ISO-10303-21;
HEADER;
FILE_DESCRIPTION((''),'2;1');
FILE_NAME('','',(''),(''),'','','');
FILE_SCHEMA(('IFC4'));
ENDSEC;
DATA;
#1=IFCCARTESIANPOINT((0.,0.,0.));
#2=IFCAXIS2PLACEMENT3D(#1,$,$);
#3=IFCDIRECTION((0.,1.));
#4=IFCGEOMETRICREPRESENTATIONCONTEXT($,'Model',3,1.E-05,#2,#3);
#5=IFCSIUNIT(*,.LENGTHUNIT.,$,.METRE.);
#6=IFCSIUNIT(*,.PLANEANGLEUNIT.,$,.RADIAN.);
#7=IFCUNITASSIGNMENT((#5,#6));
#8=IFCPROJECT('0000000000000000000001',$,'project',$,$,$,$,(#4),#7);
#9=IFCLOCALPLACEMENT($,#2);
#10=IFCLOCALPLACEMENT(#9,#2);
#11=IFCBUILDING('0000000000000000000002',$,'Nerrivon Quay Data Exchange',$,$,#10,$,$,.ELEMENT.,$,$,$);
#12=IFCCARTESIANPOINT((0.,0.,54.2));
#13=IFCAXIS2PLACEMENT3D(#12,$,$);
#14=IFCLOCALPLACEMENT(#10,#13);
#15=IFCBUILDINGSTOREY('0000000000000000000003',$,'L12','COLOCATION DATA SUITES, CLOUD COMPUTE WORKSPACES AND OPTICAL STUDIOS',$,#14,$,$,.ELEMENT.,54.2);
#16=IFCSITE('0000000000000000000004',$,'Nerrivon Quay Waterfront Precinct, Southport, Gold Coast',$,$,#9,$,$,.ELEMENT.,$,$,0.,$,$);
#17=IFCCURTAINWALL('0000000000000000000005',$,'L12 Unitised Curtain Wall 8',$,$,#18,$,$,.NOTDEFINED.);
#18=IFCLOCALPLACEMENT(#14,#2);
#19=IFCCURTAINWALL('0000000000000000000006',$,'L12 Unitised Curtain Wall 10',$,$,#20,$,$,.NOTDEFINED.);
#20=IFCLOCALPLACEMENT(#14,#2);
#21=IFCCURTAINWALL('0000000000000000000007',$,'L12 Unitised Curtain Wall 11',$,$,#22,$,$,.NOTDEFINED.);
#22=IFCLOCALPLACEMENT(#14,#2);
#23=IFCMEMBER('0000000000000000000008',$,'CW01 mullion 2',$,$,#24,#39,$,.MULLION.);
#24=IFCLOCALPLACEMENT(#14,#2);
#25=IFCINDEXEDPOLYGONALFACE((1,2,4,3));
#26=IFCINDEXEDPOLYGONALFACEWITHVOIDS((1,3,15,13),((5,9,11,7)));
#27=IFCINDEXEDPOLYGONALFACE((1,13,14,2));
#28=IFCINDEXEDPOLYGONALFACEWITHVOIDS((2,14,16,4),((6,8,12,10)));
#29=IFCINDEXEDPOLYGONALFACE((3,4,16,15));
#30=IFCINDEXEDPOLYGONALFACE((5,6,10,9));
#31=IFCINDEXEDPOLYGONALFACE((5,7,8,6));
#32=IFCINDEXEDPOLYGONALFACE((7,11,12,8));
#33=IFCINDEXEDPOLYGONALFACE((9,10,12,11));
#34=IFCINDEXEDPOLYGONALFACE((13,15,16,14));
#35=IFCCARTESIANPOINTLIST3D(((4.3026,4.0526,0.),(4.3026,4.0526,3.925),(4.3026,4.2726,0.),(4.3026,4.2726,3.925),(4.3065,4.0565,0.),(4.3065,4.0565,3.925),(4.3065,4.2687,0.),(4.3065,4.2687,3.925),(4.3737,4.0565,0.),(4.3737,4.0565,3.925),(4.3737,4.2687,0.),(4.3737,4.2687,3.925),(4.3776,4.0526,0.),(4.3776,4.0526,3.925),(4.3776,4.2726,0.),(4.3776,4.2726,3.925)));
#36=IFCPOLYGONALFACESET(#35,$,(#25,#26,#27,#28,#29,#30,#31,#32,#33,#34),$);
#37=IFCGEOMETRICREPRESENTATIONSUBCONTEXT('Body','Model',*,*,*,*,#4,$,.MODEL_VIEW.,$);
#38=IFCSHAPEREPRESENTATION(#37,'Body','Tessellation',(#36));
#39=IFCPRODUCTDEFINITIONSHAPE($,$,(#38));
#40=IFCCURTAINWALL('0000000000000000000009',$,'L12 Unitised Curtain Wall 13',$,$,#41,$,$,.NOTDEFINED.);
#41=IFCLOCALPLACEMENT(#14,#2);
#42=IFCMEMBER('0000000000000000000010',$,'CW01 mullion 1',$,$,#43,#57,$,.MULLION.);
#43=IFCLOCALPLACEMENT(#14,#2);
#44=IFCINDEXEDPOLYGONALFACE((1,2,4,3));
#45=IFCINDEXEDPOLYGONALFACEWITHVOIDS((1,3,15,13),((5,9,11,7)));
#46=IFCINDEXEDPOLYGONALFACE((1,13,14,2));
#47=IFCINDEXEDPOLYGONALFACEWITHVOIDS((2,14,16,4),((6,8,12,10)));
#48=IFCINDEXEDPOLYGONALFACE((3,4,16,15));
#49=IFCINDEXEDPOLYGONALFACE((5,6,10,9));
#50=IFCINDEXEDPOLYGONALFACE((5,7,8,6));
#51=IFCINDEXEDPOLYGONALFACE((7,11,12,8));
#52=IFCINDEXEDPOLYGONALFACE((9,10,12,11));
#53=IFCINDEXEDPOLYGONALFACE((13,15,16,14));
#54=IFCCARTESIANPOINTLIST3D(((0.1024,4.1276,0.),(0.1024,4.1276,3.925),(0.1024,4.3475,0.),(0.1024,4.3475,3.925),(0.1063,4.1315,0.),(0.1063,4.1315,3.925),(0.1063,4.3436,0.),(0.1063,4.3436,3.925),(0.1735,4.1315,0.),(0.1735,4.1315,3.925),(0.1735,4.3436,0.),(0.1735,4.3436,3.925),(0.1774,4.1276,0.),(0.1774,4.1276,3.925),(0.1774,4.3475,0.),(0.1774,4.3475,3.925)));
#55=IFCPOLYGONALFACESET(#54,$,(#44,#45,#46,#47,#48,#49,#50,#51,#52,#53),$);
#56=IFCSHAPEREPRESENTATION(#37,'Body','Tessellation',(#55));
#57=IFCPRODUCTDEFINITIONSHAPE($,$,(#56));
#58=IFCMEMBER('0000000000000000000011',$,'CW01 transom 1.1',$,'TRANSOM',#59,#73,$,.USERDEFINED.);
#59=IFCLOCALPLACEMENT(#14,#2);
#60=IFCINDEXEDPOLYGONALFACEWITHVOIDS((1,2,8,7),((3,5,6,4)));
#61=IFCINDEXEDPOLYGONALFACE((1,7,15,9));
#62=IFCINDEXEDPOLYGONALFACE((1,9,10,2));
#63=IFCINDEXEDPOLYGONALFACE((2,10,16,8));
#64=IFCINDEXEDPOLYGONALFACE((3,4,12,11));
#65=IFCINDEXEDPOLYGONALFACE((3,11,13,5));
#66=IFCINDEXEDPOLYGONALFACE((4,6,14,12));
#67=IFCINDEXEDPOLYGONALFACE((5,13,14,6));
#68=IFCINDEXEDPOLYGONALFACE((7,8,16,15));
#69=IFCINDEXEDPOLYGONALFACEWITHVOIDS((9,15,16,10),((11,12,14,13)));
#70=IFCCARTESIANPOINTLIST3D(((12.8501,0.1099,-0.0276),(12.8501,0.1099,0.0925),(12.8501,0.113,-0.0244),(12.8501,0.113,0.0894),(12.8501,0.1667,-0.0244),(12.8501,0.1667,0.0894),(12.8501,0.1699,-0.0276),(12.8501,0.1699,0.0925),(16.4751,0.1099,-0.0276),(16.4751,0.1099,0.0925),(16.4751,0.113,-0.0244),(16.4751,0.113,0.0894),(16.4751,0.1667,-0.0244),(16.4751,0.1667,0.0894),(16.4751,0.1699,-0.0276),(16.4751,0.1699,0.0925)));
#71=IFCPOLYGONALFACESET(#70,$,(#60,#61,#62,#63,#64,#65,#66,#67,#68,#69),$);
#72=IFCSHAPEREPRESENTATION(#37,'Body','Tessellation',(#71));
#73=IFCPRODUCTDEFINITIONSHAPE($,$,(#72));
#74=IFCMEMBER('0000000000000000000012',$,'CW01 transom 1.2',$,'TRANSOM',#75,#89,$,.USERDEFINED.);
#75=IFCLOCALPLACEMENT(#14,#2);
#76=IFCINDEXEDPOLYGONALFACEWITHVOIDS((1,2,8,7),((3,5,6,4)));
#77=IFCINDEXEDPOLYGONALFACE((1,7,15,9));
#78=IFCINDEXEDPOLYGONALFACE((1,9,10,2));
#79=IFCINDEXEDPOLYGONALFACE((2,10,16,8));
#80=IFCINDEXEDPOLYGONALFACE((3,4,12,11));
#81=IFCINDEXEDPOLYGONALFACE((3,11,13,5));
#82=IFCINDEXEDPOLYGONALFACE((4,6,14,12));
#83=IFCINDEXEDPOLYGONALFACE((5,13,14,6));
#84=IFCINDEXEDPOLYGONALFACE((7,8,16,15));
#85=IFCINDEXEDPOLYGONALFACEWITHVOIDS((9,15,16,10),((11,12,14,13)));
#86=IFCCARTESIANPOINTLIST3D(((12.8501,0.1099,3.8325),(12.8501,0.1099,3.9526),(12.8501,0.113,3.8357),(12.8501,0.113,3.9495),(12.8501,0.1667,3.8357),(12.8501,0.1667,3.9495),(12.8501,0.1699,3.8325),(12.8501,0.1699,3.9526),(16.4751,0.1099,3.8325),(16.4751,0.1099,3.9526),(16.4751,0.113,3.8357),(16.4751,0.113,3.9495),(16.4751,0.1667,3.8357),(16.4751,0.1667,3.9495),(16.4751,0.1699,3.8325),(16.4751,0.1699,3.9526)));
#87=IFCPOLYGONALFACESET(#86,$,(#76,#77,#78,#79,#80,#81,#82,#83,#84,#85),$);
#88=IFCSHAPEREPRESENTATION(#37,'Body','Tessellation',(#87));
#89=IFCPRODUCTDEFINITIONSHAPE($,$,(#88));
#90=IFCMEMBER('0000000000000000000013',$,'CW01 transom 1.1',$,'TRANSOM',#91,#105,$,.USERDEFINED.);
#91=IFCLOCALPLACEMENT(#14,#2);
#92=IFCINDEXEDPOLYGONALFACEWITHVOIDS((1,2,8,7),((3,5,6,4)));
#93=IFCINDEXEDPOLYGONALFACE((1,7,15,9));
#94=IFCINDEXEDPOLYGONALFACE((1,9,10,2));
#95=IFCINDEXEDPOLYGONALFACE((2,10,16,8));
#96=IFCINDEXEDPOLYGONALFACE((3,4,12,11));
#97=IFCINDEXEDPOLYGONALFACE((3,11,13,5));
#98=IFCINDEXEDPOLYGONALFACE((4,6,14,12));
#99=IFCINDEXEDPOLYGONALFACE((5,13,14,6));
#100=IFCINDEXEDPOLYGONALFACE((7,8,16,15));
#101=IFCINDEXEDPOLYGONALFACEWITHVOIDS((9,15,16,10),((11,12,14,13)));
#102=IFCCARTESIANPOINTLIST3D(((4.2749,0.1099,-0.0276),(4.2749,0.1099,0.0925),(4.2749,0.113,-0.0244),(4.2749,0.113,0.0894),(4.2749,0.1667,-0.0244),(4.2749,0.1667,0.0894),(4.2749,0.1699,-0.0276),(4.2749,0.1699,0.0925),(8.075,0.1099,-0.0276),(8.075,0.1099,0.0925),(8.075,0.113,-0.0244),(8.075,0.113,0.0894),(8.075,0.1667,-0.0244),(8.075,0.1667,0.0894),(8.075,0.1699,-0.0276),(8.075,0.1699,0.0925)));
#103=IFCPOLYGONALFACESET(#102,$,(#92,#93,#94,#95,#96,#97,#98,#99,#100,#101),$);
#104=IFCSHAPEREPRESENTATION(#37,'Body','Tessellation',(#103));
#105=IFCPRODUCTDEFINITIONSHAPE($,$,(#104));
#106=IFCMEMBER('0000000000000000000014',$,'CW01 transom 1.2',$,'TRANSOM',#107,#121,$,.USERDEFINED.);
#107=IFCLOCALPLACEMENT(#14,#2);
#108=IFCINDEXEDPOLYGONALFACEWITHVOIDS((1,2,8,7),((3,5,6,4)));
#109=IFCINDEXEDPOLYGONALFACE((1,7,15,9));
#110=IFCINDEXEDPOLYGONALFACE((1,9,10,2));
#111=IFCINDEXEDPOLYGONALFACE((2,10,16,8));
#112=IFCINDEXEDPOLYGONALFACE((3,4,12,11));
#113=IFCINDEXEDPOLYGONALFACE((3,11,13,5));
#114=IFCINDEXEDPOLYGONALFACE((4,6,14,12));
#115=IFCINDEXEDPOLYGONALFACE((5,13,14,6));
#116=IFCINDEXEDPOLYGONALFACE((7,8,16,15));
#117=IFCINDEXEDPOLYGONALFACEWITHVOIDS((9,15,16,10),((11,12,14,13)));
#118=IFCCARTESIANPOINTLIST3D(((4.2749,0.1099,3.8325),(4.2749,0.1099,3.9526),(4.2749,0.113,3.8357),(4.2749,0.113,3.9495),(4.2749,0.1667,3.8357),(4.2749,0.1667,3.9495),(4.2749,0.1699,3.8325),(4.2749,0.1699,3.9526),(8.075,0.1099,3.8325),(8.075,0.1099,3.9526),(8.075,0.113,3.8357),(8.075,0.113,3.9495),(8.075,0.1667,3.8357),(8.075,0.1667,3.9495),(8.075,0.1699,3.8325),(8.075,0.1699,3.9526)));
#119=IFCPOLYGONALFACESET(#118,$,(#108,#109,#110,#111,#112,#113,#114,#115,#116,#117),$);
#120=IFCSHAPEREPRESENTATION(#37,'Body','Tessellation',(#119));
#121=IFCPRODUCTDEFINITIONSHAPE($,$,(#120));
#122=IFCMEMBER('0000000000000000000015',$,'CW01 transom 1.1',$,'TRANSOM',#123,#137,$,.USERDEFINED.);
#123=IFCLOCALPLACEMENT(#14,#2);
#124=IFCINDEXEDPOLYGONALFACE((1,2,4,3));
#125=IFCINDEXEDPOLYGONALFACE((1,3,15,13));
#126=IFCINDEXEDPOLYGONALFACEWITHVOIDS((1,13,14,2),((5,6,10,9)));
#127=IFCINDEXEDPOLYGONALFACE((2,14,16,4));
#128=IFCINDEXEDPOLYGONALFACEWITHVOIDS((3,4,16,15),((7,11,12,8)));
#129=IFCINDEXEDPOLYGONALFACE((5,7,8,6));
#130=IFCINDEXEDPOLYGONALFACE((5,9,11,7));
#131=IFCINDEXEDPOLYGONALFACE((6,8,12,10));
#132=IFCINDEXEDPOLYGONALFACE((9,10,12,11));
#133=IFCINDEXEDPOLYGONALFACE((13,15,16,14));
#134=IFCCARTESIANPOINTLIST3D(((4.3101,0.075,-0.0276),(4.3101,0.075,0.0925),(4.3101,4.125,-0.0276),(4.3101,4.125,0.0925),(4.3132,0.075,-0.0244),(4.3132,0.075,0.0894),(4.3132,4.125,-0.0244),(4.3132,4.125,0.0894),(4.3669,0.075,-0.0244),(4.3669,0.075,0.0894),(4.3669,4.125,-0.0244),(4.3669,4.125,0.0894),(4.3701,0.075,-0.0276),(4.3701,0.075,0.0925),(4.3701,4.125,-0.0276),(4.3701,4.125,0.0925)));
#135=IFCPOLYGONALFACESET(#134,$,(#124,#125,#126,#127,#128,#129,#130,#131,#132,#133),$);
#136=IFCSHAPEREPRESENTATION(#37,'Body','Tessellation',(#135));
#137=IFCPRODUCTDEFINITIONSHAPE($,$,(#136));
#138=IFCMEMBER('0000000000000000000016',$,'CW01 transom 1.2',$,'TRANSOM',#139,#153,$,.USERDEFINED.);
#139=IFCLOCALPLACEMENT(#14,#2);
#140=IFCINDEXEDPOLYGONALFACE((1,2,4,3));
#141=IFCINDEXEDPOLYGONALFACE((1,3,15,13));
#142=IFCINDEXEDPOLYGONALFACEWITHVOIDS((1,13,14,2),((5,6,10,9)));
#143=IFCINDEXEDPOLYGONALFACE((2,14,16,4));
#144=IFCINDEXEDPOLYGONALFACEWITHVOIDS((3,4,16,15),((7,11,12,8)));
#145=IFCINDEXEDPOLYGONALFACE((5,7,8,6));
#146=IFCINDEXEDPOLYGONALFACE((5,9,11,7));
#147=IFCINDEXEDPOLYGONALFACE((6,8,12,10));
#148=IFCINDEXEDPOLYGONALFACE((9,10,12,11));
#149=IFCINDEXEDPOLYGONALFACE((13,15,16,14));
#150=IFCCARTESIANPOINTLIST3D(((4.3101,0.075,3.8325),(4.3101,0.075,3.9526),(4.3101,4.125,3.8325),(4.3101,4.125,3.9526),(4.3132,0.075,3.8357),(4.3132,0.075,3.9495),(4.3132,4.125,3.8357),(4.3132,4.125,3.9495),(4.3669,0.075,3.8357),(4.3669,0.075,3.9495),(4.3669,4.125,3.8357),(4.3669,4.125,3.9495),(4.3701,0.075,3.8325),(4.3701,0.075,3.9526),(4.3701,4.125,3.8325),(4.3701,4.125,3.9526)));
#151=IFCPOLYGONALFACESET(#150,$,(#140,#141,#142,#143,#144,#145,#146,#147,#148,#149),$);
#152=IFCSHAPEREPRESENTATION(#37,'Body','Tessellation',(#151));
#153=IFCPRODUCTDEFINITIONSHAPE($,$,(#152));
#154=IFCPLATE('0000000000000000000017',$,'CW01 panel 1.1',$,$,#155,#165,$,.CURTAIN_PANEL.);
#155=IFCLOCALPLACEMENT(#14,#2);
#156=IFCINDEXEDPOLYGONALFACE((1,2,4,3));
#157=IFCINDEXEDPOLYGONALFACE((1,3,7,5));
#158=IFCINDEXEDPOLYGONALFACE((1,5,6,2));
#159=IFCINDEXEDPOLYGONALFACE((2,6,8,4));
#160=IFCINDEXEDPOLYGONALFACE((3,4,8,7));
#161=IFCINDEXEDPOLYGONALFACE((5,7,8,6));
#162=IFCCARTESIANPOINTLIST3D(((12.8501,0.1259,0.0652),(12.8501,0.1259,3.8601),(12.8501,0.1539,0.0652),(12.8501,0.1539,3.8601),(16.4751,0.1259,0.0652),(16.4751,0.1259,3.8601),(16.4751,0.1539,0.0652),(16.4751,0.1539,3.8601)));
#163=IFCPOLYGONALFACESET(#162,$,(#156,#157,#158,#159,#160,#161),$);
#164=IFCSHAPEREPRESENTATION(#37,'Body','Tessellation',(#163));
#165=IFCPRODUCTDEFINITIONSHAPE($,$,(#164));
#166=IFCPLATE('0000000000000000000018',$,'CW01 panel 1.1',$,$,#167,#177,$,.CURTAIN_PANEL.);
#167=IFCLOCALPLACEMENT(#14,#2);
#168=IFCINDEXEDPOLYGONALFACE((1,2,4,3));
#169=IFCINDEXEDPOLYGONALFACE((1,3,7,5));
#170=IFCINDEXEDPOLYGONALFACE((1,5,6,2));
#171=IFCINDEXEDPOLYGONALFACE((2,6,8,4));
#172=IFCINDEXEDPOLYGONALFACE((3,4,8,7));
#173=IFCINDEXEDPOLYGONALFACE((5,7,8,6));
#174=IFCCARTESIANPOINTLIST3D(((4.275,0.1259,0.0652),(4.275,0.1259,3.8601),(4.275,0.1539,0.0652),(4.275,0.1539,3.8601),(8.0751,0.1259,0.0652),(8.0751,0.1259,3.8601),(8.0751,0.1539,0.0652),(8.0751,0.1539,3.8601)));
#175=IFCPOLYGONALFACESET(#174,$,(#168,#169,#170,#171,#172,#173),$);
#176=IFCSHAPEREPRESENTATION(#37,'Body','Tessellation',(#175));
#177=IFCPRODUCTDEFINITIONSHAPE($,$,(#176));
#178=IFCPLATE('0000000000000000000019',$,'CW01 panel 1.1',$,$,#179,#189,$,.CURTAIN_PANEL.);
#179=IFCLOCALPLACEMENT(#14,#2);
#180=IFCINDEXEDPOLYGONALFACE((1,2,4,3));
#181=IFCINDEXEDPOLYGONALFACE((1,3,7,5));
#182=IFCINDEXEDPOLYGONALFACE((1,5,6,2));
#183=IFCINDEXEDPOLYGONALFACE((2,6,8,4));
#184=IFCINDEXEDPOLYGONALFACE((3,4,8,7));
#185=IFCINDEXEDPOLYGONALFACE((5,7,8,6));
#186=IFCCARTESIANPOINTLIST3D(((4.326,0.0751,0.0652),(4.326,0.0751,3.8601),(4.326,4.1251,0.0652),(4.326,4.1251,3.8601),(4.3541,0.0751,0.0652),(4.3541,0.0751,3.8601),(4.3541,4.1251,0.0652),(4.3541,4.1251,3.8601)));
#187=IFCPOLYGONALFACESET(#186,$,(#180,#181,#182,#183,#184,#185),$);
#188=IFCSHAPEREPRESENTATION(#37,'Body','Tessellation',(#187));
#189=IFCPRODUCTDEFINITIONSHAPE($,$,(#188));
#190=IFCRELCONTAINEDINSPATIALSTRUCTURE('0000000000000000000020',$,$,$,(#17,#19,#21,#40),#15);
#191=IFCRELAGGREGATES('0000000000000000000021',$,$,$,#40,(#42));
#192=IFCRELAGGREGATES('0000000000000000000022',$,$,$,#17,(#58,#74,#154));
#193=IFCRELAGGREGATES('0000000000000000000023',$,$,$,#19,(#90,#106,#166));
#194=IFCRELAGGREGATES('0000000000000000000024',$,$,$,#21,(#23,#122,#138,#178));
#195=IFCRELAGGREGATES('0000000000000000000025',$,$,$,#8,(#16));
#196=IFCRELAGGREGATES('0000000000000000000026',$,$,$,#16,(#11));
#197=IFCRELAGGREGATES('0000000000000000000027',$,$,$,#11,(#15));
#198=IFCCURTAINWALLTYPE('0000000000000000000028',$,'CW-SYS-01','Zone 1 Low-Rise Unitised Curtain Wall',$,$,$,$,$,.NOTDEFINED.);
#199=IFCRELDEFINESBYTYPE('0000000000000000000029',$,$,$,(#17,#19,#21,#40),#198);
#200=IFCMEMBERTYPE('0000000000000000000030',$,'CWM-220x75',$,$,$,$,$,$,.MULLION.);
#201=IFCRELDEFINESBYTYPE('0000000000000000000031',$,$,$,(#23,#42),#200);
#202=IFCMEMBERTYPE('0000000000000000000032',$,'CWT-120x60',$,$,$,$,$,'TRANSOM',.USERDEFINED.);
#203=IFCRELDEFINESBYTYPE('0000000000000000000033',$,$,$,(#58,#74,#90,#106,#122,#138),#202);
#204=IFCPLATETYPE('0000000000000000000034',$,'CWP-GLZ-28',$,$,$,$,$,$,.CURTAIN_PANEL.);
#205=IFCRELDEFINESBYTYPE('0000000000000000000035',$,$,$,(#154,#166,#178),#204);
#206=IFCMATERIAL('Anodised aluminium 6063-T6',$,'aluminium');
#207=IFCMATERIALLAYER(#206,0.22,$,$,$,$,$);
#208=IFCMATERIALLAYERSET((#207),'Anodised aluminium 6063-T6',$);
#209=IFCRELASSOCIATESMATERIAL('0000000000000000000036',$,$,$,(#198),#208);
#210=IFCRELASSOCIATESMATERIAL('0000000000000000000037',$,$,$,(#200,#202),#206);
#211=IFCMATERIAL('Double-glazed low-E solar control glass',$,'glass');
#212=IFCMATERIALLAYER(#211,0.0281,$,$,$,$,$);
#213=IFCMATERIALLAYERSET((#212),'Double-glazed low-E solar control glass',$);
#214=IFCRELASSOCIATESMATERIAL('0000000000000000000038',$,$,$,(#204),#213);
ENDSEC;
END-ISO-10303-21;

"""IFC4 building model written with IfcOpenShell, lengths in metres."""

from ifc_helpers import new_model, si_unit, direction, frame, origin, origin_2d, place, context, subcontext, project, spatial, rectangle, hollow_rectangle, extrude, material, layer, layer_set, material_profile, profile_set, type_object, element, aggregate, save


model = new_model("IFC4")

# Units and contexts
model_context = context("Model", 3, precision=1e-05, world=origin(), true_north=direction((0.0, 1.0)))
body_context = subcontext(model_context, "Body", "Model", "MODEL_VIEW")
ifc_project = project(units=[si_unit("LENGTHUNIT", "METRE"), si_unit("PLANEANGLEUNIT", "RADIAN")], contexts=[model_context])

# Site, building, storey
site_placement = place(None, origin())
site = spatial("IfcSite", under=ifc_project, at=site_placement, Name="Nerrivon Quay Waterfront Precinct, Southport, Gold Coast", CompositionType="ELEMENT", RefElevation=0.0)
building_placement = place(site_placement, origin())
building = spatial("IfcBuilding", under=site, at=building_placement, Name="Nerrivon Quay Data Exchange", CompositionType="ELEMENT")
storey_placement = place(building_placement, frame((0.0, 0.0, 54.2)))
storey = spatial("IfcBuildingStorey", under=building, at=storey_placement, Name="L12", Description="COLOCATION DATA SUITES, CLOUD COMPUTE WORKSPACES AND OPTICAL STUDIOS", CompositionType="ELEMENT", Elevation=54.2)

# Curtain walls, member
ifc_material_1 = material(Name="Anodised aluminium 6063-T6", Category="aluminium")
ifc_layer_1 = layer(ifc_material_1, 0.22)
ifc_layer_set_1 = layer_set([ifc_layer_1], Name="Anodised aluminium 6063-T6")
curtain_wall_type = type_object("IfcCurtainWallType", Name="CW-SYS-01", Description="Zone 1 Low-Rise Unitised Curtain Wall", PredefinedType="NOTDEFINED", material=ifc_layer_set_1)
curtain_wall_1_placement = place(storey_placement, origin())
curtain_wall_1 = element("IfcCurtainWall", 1, at=curtain_wall_1_placement, inside=storey, type_object=curtain_wall_type, Name="L12 Unitised Curtain Wall 8", PredefinedType="NOTDEFINED")
ifc_material_profile_1 = material_profile(ifc_material_1, hollow_rectangle(XDim=0.075, YDim=0.22, WallThickness=0.0039, at=origin_2d()), Name="ALU-MULL-220x75")
ifc_profile_set_1 = profile_set([ifc_material_profile_1], Name="Anodised aluminium 6063-T6")
member_type_1 = type_object("IfcMemberType", Name="CWM-220x75", PredefinedType="MULLION", material=ifc_profile_set_1)
curtain_wall_2_placement = place(storey_placement, origin())
curtain_wall_2 = element("IfcCurtainWall", 2, at=curtain_wall_2_placement, inside=storey, type_object=curtain_wall_type, Name="L12 Unitised Curtain Wall 10", PredefinedType="NOTDEFINED")
curtain_wall_3_placement = place(storey_placement, origin())
curtain_wall_3 = element("IfcCurtainWall", 3, at=curtain_wall_3_placement, inside=storey, type_object=curtain_wall_type, Name="L12 Unitised Curtain Wall 11", PredefinedType="NOTDEFINED")
member_1_placement = place(storey_placement, frame((4.3401, 4.1626, 0.0), z_axis=(0.0, 0.0, 1.0), x_axis=(-1.0, 0.0, 0.0)))
member_1 = element("IfcMember", 4, at=member_1_placement, type_object=member_type_1, Name="CW01 mullion 2", PredefinedType="MULLION", context=body_context, shape_type="SweptSolid", body=[
    extrude(hollow_rectangle(XDim=0.075, YDim=0.22, WallThickness=0.0039, at=origin_2d()), origin(), (0.0, 0.0, 1.0), 3.925),
])

# Curtain wall, member
curtain_wall_4_placement = place(storey_placement, origin())
curtain_wall_4 = element("IfcCurtainWall", 5, at=curtain_wall_4_placement, inside=storey, type_object=curtain_wall_type, Name="L12 Unitised Curtain Wall 13", PredefinedType="NOTDEFINED")
member_2_placement = place(storey_placement, frame((0.1399, 4.2375, 0.0), z_axis=(0.0, 0.0, 1.0), x_axis=(-1.0, 0.0, 0.0)))
member_2 = element("IfcMember", 6, at=member_2_placement, type_object=member_type_1, Name="CW01 mullion 1", PredefinedType="MULLION", context=body_context, shape_type="SweptSolid", body=[
    extrude(hollow_rectangle(XDim=0.075, YDim=0.22, WallThickness=0.0039, at=origin_2d()), origin(), (0.0, 0.0, 1.0), 3.925),
])
aggregate(curtain_wall_4, [member_2])

# Members
ifc_material_profile_2 = material_profile(ifc_material_1, hollow_rectangle(XDim=0.0601, YDim=0.1201, WallThickness=0.0032, at=origin_2d()), Name="ALU-TRAN-120x60")
ifc_profile_set_2 = profile_set([ifc_material_profile_2], Name="Anodised aluminium 6063-T6")
member_type_2 = type_object("IfcMemberType", Name="CWT-120x60", ElementType="TRANSOM", PredefinedType="USERDEFINED", material=ifc_profile_set_2)
member_3_placement = place(storey_placement, frame((16.4751, 0.1399, 0.0325), z_axis=(-1.0, 0.0, 0.0), x_axis=(0.0, -1.0, 0.0)))
member_3 = element("IfcMember", 7, at=member_3_placement, type_object=member_type_2, Name="CW01 transom 1.1", ObjectType="TRANSOM", PredefinedType="USERDEFINED", context=body_context, shape_type="SweptSolid", body=[
    extrude(hollow_rectangle(XDim=0.0601, YDim=0.1201, WallThickness=0.0032, at=origin_2d()), origin(), (0.0, 0.0, 1.0), 3.625),
])
member_4_placement = place(storey_placement, frame((16.4751, 0.1399, 3.8926), z_axis=(-1.0, 0.0, 0.0), x_axis=(0.0, -1.0, 0.0)))
member_4 = element("IfcMember", 8, at=member_4_placement, type_object=member_type_2, Name="CW01 transom 1.2", ObjectType="TRANSOM", PredefinedType="USERDEFINED", context=body_context, shape_type="SweptSolid", body=[
    extrude(hollow_rectangle(XDim=0.0601, YDim=0.1201, WallThickness=0.0032, at=origin_2d()), origin(), (0.0, 0.0, 1.0), 3.625),
])
member_5_placement = place(storey_placement, frame((8.075, 0.1399, 0.0325), z_axis=(-1.0, 0.0, 0.0), x_axis=(0.0, -1.0, 0.0)))
member_5 = element("IfcMember", 9, at=member_5_placement, type_object=member_type_2, Name="CW01 transom 1.1", ObjectType="TRANSOM", PredefinedType="USERDEFINED", context=body_context, shape_type="SweptSolid", body=[
    extrude(hollow_rectangle(XDim=0.0601, YDim=0.1201, WallThickness=0.0032, at=origin_2d()), origin(), (0.0, 0.0, 1.0), 3.8),
])
member_6_placement = place(storey_placement, frame((8.075, 0.1399, 3.8926), z_axis=(-1.0, 0.0, 0.0), x_axis=(0.0, -1.0, 0.0)))
member_6 = element("IfcMember", 10, at=member_6_placement, type_object=member_type_2, Name="CW01 transom 1.2", ObjectType="TRANSOM", PredefinedType="USERDEFINED", context=body_context, shape_type="SweptSolid", body=[
    extrude(hollow_rectangle(XDim=0.0601, YDim=0.1201, WallThickness=0.0032, at=origin_2d()), origin(), (0.0, 0.0, 1.0), 3.8),
])
member_7_placement = place(storey_placement, frame((4.3401, 0.075, 0.0325), z_axis=(0.0, 1.0, 0.0), x_axis=(-1.0, 0.0, 0.0)))
member_7 = element("IfcMember", 11, at=member_7_placement, type_object=member_type_2, Name="CW01 transom 1.1", ObjectType="TRANSOM", PredefinedType="USERDEFINED", context=body_context, shape_type="SweptSolid", body=[
    extrude(hollow_rectangle(XDim=0.0601, YDim=0.1201, WallThickness=0.0032, at=origin_2d()), origin(), (0.0, 0.0, 1.0), 4.05),
])
member_8_placement = place(storey_placement, frame((4.3401, 0.075, 3.8926), z_axis=(0.0, 1.0, 0.0), x_axis=(-1.0, 0.0, 0.0)))
member_8 = element("IfcMember", 12, at=member_8_placement, type_object=member_type_2, Name="CW01 transom 1.2", ObjectType="TRANSOM", PredefinedType="USERDEFINED", context=body_context, shape_type="SweptSolid", body=[
    extrude(hollow_rectangle(XDim=0.0601, YDim=0.1201, WallThickness=0.0032, at=origin_2d()), origin(), (0.0, 0.0, 1.0), 4.05),
])

# Plates
ifc_material_2 = material(Name="Double-glazed low-E solar control glass", Category="glass")
ifc_layer_2 = layer(ifc_material_2, 0.0281)
ifc_layer_set_2 = layer_set([ifc_layer_2], Name="Double-glazed low-E solar control glass")
plate_type = type_object("IfcPlateType", Name="CWP-GLZ-28", PredefinedType="CURTAIN_PANEL", material=ifc_layer_set_2)
plate_1_placement = place(storey_placement, frame((14.6626, 0.1399, 0.0652), z_axis=(0.0, 0.0, 1.0), x_axis=(-1.0, 0.0, 0.0)))
plate_1 = element("IfcPlate", 13, at=plate_1_placement, type_object=plate_type, Name="CW01 panel 1.1", PredefinedType="CURTAIN_PANEL", context=body_context, shape_type="SweptSolid", body=[
    extrude(rectangle(XDim=3.625, YDim=0.0281, at=origin_2d()), origin(), (0.0, 0.0, 1.0), 3.7949),
])
aggregate(curtain_wall_1, [member_3, member_4, plate_1])
plate_2_placement = place(storey_placement, frame((6.175, 0.1399, 0.0652), z_axis=(0.0, 0.0, 1.0), x_axis=(-1.0, 0.0, 0.0)))
plate_2 = element("IfcPlate", 14, at=plate_2_placement, type_object=plate_type, Name="CW01 panel 1.1", PredefinedType="CURTAIN_PANEL", context=body_context, shape_type="SweptSolid", body=[
    extrude(rectangle(XDim=3.8, YDim=0.0281, at=origin_2d()), origin(), (0.0, 0.0, 1.0), 3.7949),
])
aggregate(curtain_wall_2, [member_5, member_6, plate_2])
plate_3_placement = place(storey_placement, frame((4.3401, 2.1001, 0.0652), z_axis=(0.0, 0.0, 1.0), x_axis=(0.0, 1.0, 0.0)))
plate_3 = element("IfcPlate", 15, at=plate_3_placement, type_object=plate_type, Name="CW01 panel 1.1", PredefinedType="CURTAIN_PANEL", context=body_context, shape_type="SweptSolid", body=[
    extrude(rectangle(XDim=4.05, YDim=0.0281, at=origin_2d()), origin(), (0.0, 0.0, 1.0), 3.7949),
])
aggregate(curtain_wall_3, [member_1, member_7, member_8, plate_3])

save(model, "model.ifc")
